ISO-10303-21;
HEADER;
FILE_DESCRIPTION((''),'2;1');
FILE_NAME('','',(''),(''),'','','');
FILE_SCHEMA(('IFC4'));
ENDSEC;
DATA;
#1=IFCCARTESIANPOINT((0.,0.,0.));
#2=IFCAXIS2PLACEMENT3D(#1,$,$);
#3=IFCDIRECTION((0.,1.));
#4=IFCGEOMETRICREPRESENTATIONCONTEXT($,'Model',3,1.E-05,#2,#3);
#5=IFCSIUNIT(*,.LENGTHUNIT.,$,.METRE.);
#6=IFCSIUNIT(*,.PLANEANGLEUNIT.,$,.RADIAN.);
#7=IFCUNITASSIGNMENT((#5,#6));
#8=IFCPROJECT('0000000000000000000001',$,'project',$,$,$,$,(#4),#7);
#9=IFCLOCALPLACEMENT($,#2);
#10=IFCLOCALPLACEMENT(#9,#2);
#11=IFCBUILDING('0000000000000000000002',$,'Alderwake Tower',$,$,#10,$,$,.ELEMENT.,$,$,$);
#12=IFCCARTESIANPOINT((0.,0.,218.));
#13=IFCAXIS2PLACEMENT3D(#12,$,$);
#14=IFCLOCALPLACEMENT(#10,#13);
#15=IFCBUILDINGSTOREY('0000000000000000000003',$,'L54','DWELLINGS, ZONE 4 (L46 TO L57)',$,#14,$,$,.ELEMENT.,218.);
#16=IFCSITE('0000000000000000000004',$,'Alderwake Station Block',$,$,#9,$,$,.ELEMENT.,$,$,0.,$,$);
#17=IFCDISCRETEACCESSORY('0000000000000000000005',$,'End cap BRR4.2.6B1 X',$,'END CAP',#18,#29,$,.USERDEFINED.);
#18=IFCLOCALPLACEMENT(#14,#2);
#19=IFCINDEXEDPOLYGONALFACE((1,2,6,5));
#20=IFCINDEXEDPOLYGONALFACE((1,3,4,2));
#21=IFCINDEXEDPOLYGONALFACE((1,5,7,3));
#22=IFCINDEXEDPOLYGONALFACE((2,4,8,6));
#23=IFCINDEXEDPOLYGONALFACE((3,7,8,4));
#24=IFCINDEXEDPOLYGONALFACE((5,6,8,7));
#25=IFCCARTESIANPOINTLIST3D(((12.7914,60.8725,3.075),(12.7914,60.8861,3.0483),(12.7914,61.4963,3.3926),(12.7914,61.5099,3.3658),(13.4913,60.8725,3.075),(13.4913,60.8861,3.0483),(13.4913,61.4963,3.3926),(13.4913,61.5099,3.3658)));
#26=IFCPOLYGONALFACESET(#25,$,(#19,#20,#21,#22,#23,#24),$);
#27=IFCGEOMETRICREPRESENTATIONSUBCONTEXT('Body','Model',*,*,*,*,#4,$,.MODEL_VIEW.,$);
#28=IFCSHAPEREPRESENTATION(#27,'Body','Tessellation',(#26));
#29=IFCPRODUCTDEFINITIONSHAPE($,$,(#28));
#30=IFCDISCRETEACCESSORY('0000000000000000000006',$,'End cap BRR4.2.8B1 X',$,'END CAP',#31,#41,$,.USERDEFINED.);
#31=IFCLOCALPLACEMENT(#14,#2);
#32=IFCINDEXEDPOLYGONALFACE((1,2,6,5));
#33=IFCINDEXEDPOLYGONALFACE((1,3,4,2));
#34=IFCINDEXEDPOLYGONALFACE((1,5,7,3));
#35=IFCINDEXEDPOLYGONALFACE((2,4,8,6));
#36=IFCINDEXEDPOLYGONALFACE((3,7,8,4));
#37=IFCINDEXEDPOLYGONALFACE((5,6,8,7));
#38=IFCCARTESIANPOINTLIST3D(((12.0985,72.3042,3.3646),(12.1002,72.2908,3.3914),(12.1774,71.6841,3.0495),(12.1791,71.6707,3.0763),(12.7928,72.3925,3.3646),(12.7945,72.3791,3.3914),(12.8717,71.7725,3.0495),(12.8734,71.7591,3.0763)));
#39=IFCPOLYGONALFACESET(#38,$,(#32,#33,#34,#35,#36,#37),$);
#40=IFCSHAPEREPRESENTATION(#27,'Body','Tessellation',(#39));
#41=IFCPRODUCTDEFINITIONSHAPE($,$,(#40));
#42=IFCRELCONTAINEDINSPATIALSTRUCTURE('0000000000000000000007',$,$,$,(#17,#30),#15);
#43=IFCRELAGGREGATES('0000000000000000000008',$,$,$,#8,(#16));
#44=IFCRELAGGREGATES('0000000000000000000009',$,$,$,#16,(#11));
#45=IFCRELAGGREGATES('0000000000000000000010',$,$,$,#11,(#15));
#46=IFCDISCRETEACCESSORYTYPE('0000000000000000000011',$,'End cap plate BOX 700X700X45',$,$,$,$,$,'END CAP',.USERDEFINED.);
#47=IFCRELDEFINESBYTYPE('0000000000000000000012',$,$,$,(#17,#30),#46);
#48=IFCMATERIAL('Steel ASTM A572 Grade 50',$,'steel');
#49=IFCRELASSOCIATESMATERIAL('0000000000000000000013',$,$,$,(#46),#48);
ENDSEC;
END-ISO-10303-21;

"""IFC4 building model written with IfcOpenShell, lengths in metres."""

from ifc_helpers import new_model, si_unit, direction, frame, origin, origin_2d, place, context, subcontext, project, spatial, rectangle, extrude, material, material_profile, profile_set, type_object, element, save


model = new_model("IFC4")

# Units and contexts
model_context = context("Model", 3, precision=1e-05, world=origin(), true_north=direction((0.0, 1.0)))
body_context = subcontext(model_context, "Body", "Model", "MODEL_VIEW")
ifc_project = project(units=[si_unit("LENGTHUNIT", "METRE"), si_unit("PLANEANGLEUNIT", "RADIAN")], contexts=[model_context])

# Site, building, storey
site_placement = place(None, origin())
site = spatial("IfcSite", under=ifc_project, at=site_placement, Name="Alderwake Station Block", CompositionType="ELEMENT", RefElevation=0.0)
building_placement = place(site_placement, origin())
building = spatial("IfcBuilding", under=site, at=building_placement, Name="Alderwake Tower", CompositionType="ELEMENT")
storey_placement = place(building_placement, frame((0.0, 0.0, 218.0)))
storey = spatial("IfcBuildingStorey", under=building, at=storey_placement, Name="L54", Description="DWELLINGS, ZONE 4 (L46 TO L57)", CompositionType="ELEMENT", Elevation=218.0)

# Discrete accessories
ifc_material_1 = material(Name="Steel ASTM A572 Grade 50", Category="steel")
ifc_material_profile = material_profile(ifc_material_1, rectangle(XDim=0.7, YDim=0.7, at=origin_2d()), Name="BOX 700X700X45 cap")
ifc_profile_set = profile_set([ifc_material_profile], Name="Steel ASTM A572 Grade 50")
discrete_accessory_type = type_object("IfcDiscreteAccessoryType", Name="End cap plate BOX 700X700X45", ElementType="END CAP", PredefinedType="USERDEFINED", material=ifc_profile_set)
for number, where, z_axis, x_axis, name in (
    (1, (13.1414, 61.198, 3.207), (0.0, -0.453683, 0.891163), (1.0, 0.0, 0.0), "End cap BRR4.2.6B1 X"),
    (2, (12.4851, 72.0383, 3.207), (0.056826, -0.446491, 0.892982), (0.991998, 0.126254, 0.0), "End cap BRR4.2.8B1 X"),
):
    element("IfcDiscreteAccessory", number, at=place(storey_placement, frame(where, z_axis=z_axis, x_axis=x_axis)), inside=storey, type_object=discrete_accessory_type, Name=name, ObjectType="END CAP", PredefinedType="USERDEFINED", context=body_context, shape_type="SweptSolid", body=[
        extrude(rectangle(XDim=0.7, YDim=0.7, at=origin_2d()), origin(), (0.0, 0.0, 1.0), 0.03),
    ])

save(model, "model.ifc")
